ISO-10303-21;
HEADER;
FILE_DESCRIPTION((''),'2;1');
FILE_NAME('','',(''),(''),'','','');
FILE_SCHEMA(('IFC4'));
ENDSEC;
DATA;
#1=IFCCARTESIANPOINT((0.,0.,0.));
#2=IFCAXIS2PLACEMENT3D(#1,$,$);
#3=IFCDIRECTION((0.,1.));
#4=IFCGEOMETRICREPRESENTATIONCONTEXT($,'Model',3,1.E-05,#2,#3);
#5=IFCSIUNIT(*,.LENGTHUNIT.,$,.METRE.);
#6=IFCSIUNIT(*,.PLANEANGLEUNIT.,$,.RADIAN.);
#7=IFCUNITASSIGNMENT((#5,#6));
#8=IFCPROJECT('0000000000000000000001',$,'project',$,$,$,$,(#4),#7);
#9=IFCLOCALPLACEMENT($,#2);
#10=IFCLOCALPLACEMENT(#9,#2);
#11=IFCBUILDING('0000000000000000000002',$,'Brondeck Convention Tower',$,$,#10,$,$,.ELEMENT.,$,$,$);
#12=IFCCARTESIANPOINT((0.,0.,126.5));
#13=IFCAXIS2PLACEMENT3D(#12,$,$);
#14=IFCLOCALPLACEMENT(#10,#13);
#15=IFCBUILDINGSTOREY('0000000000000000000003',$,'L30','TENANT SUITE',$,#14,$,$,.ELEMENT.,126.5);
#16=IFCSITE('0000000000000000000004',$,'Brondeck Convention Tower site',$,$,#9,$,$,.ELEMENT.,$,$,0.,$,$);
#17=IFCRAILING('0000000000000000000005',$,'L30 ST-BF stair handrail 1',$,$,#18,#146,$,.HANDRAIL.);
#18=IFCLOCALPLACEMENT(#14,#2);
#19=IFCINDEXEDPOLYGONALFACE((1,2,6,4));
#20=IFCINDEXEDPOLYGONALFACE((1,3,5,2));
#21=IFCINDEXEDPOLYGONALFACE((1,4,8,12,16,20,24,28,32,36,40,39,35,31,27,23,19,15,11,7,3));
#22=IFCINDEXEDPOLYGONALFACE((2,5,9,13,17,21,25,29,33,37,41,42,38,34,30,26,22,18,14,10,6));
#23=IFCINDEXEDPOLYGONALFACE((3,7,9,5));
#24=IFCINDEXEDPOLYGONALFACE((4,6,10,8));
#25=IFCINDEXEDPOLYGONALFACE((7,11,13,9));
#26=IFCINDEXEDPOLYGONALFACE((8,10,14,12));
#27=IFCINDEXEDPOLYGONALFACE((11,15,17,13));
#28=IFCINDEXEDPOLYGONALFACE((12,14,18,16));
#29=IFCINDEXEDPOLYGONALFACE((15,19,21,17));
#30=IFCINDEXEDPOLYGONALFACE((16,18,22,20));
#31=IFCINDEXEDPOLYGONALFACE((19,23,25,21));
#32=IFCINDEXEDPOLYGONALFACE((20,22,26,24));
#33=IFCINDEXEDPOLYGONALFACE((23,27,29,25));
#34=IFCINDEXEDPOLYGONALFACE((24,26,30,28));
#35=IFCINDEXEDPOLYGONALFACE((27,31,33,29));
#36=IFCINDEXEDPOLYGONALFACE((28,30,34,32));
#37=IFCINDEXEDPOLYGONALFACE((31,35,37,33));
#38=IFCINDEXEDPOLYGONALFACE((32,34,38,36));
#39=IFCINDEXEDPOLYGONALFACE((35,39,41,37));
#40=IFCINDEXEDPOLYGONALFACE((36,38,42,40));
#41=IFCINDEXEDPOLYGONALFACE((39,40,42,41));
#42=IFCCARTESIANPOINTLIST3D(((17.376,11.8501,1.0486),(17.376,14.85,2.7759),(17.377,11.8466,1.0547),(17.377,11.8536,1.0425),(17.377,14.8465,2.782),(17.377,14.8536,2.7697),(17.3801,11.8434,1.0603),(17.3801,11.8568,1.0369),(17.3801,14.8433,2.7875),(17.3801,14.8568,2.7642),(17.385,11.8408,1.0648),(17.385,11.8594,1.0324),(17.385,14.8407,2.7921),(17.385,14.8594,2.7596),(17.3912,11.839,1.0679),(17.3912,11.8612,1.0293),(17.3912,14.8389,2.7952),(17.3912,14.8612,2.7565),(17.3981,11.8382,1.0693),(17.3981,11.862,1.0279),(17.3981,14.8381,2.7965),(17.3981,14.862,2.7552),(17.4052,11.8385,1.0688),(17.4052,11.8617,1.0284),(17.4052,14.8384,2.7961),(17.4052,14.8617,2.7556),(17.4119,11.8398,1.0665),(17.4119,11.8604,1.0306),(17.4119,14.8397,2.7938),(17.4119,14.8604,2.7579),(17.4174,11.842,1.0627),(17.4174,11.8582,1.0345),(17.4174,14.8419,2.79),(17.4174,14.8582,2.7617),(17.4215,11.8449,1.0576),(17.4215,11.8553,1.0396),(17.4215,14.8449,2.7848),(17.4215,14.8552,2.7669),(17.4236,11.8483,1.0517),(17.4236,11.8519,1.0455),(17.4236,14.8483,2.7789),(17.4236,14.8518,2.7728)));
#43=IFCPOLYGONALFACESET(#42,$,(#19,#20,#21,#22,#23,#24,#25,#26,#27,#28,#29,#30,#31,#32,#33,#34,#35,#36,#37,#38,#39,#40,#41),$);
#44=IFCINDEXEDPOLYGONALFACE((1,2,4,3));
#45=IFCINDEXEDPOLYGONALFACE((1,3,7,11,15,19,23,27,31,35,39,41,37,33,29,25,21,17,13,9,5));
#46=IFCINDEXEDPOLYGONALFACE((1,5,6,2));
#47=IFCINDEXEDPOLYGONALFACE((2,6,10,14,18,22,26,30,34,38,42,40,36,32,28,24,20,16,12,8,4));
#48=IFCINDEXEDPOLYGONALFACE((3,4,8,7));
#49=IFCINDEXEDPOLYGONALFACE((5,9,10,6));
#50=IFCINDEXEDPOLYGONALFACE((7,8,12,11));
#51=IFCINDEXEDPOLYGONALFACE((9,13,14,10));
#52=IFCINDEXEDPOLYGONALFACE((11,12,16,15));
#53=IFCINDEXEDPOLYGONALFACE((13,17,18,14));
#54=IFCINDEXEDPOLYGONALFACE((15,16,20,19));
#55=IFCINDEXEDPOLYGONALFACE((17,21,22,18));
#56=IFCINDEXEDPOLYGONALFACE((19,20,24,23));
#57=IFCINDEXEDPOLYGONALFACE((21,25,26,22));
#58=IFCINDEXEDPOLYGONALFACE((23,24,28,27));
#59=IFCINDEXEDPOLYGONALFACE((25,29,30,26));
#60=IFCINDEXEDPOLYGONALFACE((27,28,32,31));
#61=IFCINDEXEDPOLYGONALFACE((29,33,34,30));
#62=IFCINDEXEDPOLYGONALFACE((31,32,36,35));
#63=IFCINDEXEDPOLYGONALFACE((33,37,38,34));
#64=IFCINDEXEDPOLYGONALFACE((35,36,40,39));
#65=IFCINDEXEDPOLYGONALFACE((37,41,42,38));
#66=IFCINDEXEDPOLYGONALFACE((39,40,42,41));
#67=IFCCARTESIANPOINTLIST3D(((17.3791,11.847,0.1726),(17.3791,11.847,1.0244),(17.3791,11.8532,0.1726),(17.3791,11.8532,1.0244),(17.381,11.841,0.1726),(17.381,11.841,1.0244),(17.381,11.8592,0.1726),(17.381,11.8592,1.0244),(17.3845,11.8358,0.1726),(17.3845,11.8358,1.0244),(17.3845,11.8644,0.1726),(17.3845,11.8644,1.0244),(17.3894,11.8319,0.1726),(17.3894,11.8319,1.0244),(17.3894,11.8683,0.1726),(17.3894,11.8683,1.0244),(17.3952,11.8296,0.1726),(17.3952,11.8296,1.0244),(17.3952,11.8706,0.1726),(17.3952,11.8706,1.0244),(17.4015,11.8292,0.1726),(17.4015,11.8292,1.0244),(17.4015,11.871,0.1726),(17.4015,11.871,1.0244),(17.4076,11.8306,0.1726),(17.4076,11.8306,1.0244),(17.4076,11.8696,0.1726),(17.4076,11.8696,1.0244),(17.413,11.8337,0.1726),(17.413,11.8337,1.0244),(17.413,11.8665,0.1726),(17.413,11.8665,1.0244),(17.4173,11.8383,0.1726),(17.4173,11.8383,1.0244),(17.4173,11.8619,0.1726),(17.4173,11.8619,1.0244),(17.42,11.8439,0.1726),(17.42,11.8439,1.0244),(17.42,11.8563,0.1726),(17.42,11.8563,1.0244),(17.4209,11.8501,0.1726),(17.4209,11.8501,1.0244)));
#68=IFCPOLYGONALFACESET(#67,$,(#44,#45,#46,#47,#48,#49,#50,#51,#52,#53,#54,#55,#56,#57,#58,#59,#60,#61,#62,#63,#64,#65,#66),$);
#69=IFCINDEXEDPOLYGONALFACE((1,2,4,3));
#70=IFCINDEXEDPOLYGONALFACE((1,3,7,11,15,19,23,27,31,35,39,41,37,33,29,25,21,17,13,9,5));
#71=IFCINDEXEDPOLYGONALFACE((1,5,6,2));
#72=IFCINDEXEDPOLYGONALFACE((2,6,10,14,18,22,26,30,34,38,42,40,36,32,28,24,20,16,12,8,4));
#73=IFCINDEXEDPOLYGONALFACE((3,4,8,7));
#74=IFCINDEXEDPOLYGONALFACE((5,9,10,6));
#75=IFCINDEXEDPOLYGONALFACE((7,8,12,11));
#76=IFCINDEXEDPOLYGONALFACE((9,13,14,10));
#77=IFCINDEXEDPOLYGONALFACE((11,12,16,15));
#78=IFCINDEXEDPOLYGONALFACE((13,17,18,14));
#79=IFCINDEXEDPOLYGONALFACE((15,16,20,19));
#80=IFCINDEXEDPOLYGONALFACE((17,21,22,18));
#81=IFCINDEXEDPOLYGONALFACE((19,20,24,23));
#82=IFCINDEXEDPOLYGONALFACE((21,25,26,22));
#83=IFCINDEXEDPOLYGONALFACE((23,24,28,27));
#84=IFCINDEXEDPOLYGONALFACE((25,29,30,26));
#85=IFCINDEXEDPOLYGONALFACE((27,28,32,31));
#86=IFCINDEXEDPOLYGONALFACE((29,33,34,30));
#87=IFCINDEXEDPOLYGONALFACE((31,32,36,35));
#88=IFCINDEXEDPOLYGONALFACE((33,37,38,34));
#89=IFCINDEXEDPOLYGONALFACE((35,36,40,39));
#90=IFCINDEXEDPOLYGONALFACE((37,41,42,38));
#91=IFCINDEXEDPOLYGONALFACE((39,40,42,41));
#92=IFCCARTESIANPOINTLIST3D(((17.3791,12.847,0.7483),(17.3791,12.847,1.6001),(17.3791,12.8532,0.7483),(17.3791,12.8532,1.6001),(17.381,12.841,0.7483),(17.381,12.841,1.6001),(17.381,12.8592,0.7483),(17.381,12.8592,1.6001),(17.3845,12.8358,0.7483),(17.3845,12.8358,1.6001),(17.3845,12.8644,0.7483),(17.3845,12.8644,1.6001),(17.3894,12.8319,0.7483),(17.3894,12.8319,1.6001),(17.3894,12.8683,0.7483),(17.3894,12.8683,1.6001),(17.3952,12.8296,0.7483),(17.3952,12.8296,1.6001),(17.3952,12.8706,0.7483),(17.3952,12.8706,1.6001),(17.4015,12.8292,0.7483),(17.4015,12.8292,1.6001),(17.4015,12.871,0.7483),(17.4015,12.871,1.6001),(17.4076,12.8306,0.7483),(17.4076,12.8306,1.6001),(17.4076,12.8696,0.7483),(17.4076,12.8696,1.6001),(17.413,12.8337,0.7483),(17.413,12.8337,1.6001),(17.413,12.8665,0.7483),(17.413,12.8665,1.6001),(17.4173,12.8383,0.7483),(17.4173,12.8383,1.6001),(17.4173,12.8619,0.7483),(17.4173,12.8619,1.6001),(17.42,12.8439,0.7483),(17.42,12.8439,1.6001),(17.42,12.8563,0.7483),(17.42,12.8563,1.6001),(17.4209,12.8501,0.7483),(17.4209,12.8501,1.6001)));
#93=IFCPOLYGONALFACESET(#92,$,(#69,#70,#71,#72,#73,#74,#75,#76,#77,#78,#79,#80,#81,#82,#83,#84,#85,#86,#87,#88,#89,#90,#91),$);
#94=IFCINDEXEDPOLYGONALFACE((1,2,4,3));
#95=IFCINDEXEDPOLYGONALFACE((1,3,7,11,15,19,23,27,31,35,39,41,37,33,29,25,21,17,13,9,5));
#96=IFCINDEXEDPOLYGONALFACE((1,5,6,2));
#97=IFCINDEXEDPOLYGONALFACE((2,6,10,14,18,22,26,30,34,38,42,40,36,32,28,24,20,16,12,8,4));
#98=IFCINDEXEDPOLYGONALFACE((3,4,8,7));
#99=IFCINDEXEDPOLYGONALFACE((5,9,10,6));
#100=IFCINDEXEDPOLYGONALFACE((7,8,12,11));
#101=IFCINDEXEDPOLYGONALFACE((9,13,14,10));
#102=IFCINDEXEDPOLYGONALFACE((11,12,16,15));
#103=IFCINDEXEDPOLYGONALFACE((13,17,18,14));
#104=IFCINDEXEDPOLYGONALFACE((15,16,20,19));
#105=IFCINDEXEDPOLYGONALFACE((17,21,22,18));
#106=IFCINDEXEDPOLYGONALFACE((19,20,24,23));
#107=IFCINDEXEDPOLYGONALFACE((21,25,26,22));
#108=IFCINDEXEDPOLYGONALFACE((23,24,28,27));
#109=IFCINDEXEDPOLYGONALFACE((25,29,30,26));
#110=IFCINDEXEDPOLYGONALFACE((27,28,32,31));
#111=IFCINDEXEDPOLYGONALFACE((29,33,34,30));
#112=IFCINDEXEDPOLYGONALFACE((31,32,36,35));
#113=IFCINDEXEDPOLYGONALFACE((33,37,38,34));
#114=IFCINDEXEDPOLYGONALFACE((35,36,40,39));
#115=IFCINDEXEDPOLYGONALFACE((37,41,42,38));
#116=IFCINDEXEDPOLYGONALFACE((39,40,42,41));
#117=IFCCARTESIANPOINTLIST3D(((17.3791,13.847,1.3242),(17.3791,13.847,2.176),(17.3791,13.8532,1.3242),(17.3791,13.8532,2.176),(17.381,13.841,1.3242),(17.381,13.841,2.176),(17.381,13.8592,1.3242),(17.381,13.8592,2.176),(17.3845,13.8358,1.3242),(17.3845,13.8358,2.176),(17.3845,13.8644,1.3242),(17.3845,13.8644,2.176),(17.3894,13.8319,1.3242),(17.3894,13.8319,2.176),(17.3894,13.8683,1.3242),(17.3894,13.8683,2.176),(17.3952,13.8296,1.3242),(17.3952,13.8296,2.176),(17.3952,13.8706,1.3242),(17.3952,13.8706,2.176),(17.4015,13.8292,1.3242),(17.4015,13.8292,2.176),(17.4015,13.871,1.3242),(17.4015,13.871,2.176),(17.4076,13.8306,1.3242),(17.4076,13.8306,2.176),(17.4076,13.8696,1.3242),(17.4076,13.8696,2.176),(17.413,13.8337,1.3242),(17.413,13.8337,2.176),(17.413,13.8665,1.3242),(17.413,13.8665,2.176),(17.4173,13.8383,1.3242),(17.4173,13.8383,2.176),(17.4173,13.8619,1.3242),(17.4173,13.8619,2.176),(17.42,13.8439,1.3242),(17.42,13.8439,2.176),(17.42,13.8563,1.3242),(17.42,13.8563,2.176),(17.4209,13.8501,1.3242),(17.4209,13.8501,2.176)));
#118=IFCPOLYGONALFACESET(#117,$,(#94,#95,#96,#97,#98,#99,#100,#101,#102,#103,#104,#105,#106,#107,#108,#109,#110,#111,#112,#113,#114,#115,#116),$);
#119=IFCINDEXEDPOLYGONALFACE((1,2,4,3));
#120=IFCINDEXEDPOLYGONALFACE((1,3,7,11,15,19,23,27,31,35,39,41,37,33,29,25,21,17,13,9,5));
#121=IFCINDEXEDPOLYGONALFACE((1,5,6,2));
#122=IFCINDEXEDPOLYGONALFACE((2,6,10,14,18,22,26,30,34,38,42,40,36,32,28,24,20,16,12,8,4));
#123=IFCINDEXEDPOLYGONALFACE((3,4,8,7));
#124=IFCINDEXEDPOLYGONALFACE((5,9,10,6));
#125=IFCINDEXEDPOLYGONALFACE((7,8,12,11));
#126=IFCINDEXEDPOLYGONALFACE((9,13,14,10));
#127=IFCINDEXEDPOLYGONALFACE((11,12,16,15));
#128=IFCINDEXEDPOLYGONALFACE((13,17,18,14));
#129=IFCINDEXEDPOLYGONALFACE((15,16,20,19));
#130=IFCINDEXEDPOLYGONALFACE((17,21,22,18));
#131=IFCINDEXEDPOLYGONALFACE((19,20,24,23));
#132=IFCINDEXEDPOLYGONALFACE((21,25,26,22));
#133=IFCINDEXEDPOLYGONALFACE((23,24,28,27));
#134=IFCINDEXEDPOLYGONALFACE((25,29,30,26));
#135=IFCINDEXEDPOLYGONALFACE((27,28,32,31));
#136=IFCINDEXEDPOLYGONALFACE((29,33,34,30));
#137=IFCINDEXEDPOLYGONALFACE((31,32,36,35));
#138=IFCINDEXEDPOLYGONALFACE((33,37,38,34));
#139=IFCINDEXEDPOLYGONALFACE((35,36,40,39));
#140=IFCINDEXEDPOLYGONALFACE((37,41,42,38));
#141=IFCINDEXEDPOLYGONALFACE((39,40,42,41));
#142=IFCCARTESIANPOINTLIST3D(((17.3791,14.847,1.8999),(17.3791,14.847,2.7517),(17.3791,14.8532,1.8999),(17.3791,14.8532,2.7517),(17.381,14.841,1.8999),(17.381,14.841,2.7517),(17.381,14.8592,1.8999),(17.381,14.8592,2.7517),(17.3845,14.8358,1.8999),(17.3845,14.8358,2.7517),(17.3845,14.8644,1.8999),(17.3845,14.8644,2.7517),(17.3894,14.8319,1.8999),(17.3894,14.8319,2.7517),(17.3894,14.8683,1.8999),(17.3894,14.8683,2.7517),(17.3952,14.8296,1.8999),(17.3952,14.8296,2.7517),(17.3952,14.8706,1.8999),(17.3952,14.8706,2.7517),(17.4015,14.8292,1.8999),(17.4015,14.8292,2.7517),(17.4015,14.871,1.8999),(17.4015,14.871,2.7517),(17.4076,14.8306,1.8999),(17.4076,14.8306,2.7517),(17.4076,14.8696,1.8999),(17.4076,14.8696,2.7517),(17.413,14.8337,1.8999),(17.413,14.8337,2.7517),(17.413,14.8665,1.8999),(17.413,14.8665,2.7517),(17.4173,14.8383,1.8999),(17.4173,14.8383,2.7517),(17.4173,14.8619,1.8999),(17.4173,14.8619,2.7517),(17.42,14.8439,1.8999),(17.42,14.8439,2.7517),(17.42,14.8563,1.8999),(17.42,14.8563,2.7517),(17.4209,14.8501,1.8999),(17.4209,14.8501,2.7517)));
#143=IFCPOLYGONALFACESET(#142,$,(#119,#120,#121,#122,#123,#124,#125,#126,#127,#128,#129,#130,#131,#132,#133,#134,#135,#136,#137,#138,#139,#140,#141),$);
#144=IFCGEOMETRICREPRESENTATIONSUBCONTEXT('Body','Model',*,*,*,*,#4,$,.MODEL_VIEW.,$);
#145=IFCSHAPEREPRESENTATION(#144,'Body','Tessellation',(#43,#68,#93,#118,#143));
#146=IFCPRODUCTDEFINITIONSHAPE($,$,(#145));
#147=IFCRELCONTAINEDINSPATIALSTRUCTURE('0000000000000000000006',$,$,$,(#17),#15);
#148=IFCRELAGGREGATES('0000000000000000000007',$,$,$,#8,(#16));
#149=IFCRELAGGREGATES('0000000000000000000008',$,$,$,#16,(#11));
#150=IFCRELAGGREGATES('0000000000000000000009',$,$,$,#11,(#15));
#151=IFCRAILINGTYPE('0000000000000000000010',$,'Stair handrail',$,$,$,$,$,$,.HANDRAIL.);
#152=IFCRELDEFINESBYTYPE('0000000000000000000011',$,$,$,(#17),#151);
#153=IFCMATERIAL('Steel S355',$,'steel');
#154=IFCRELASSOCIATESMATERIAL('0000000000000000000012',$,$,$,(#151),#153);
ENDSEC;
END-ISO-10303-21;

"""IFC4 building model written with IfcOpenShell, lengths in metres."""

from ifc_helpers import new_model, si_unit, direction, frame, origin, origin_2d, place, context, subcontext, project, spatial, circle, extrude, material, type_object, element, save


model = new_model("IFC4")

# Units and contexts
model_context = context("Model", 3, precision=1e-05, world=origin(), true_north=direction((0.0, 1.0)))
body_context = subcontext(model_context, "Body", "Model", "MODEL_VIEW")
ifc_project = project(units=[si_unit("LENGTHUNIT", "METRE"), si_unit("PLANEANGLEUNIT", "RADIAN")], contexts=[model_context])

# Site, building, storey
site_placement = place(None, origin())
site = spatial("IfcSite", under=ifc_project, at=site_placement, Name="Brondeck Convention Tower site", CompositionType="ELEMENT", RefElevation=0.0)
building_placement = place(site_placement, origin())
building = spatial("IfcBuilding", under=site, at=building_placement, Name="Brondeck Convention Tower", CompositionType="ELEMENT")
storey_placement = place(building_placement, frame((0.0, 0.0, 126.5)))
storey = spatial("IfcBuildingStorey", under=building, at=storey_placement, Name="L30", Description="TENANT SUITE", CompositionType="ELEMENT", Elevation=126.5)

# Shared definitions
ifc_material_1 = material(Name="Steel S355", Category="steel")

# Railing
railing_type_1 = type_object("IfcRailingType", Name="Stair handrail", PredefinedType="HANDRAIL", material=ifc_material_1)
railing_1_placement = place(storey_placement, frame((17.3999, 11.8501, 0.1726)))
element("IfcRailing", 1, at=railing_1_placement, inside=storey, type_object=railing_type_1, Name="L30 ST-BF stair handrail 1", PredefinedType="HANDRAIL", context=body_context, shape_type="SweptSolid", body=[
    extrude(circle(Radius=0.0239, at=origin_2d()), frame((0.0, 0.0, 0.876), z_axis=(0.0, 0.86662, 0.498969), x_axis=(-1.0, 0.0, 0.0)), (0.0, 0.0, 1.0), 3.4617),
    extrude(circle(Radius=0.021, at=origin_2d()), origin(), (0.0, 0.0, 1.0), 0.8518),
    extrude(circle(Radius=0.021, at=origin_2d()), frame((0.0, 1.0, 0.5757)), (0.0, 0.0, 1.0), 0.8518),
    extrude(circle(Radius=0.021, at=origin_2d()), frame((0.0, 2.0, 1.1516)), (0.0, 0.0, 1.0), 0.8518),
    extrude(circle(Radius=0.021, at=origin_2d()), frame((0.0, 3.0, 1.7273)), (0.0, 0.0, 1.0), 0.8518),
])

save(model, "model.ifc")
